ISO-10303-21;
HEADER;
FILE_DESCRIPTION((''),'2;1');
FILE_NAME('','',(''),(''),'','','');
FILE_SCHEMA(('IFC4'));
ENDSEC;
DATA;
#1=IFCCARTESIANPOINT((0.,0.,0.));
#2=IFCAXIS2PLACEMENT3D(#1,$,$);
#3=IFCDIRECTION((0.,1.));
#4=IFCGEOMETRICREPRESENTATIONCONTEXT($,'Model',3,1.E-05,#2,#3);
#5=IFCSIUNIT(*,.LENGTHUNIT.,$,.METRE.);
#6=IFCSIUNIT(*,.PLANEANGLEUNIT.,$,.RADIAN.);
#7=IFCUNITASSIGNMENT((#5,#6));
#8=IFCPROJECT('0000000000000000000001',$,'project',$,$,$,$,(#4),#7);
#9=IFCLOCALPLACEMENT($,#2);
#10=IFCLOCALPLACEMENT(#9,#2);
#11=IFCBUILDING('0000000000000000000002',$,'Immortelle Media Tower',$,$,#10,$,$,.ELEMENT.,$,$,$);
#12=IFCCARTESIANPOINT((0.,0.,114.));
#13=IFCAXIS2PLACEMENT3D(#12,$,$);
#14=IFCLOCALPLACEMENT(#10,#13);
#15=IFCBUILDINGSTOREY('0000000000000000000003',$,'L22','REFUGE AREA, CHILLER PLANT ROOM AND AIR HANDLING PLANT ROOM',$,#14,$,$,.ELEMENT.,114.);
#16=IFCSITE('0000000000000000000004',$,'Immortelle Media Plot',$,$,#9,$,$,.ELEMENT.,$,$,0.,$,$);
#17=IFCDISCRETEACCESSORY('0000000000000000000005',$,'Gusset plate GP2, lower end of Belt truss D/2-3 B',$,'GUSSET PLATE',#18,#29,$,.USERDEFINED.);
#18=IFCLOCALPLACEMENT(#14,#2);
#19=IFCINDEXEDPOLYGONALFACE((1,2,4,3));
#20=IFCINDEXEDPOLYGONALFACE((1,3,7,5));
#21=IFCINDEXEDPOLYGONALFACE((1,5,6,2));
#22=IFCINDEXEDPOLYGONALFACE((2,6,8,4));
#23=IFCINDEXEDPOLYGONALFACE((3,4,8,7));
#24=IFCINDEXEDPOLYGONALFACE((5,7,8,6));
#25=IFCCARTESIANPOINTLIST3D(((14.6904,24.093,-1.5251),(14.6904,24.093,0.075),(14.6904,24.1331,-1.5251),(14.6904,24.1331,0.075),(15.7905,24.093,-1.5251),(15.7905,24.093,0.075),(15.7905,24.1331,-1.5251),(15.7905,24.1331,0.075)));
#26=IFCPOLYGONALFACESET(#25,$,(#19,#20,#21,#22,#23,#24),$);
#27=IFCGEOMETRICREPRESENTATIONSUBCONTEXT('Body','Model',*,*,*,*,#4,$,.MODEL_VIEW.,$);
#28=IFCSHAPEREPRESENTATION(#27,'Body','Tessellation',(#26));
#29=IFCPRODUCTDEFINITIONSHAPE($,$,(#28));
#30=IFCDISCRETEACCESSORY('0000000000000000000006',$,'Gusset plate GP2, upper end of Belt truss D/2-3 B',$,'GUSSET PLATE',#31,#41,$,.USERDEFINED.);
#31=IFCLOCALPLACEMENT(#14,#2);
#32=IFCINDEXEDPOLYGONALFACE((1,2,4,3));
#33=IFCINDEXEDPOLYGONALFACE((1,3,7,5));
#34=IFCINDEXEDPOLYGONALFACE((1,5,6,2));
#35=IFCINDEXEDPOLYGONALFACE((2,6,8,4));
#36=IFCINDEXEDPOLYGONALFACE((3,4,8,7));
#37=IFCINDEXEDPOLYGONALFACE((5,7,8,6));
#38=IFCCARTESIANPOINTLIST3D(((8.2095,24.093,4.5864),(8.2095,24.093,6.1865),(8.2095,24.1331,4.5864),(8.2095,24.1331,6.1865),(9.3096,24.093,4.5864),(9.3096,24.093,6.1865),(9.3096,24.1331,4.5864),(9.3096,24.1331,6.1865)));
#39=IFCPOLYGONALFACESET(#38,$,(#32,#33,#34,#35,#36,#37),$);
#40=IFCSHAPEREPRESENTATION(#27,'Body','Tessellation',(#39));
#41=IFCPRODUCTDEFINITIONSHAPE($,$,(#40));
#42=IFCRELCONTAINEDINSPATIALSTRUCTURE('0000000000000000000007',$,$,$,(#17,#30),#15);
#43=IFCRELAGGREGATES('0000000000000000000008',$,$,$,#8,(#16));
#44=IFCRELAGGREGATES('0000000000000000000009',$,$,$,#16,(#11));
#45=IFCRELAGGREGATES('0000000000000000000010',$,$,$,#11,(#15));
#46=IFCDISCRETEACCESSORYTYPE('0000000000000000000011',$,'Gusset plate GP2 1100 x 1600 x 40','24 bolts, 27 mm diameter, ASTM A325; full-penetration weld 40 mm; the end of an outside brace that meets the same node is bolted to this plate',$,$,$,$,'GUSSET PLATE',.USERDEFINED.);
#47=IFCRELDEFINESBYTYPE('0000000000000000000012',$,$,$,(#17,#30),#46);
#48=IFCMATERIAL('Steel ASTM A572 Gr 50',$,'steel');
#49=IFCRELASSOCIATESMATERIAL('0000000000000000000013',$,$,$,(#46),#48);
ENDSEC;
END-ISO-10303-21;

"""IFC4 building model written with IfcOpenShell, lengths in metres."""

from ifc_helpers import new_model, si_unit, direction, frame, origin, origin_2d, place, context, subcontext, project, spatial, rectangle, extrude, material, material_profile, profile_set, type_object, element, save


model = new_model("IFC4")

# Units and contexts
model_context = context("Model", 3, precision=1e-05, world=origin(), true_north=direction((0.0, 1.0)))
body_context = subcontext(model_context, "Body", "Model", "MODEL_VIEW")
ifc_project = project(units=[si_unit("LENGTHUNIT", "METRE"), si_unit("PLANEANGLEUNIT", "RADIAN")], contexts=[model_context])

# Site, building, storey
site_placement = place(None, origin())
site = spatial("IfcSite", under=ifc_project, at=site_placement, Name="Immortelle Media Plot", CompositionType="ELEMENT", RefElevation=0.0)
building_placement = place(site_placement, origin())
building = spatial("IfcBuilding", under=site, at=building_placement, Name="Immortelle Media Tower", CompositionType="ELEMENT")
storey_placement = place(building_placement, frame((0.0, 0.0, 114.0)))
storey = spatial("IfcBuildingStorey", under=building, at=storey_placement, Name="L22", Description="REFUGE AREA, CHILLER PLANT ROOM AND AIR HANDLING PLANT ROOM", CompositionType="ELEMENT", Elevation=114.0)

# Discrete accessories
ifc_material_1 = material(Name="Steel ASTM A572 Gr 50", Category="steel")
ifc_material_profile_1 = material_profile(ifc_material_1, rectangle(XDim=0.04, YDim=1.6001, at=origin_2d()), Name="PL 40 x 1600")
ifc_profile_set_1 = profile_set([ifc_material_profile_1], Name="Steel ASTM A572 Gr 50")
discrete_accessory_type_1 = type_object("IfcDiscreteAccessoryType", Name="Gusset plate GP2 1100 x 1600 x 40", Description="24 bolts, 27 mm diameter, ASTM A325; full-penetration weld 40 mm; the end of an outside brace that meets the same node is bolted to this plate", ElementType="GUSSET PLATE", PredefinedType="USERDEFINED", material=ifc_profile_set_1)
for number, where, z_axis, x_axis, name in (
    (1, (15.7905, 24.113, -0.7251), (-1.0, 0.0, 0.0), (0.0, -1.0, 0.0), "Gusset plate GP2, lower end of Belt truss D/2-3 B"),
    (2, (8.2095, 24.113, 5.3865), (1.0, 0.0, 0.0), (0.0, 1.0, 0.0), "Gusset plate GP2, upper end of Belt truss D/2-3 B"),
):
    element("IfcDiscreteAccessory", number, at=place(storey_placement, frame(where, z_axis=z_axis, x_axis=x_axis)), inside=storey, type_object=discrete_accessory_type_1, Name=name, ObjectType="GUSSET PLATE", PredefinedType="USERDEFINED", context=body_context, shape_type="SweptSolid", body=[
        extrude(rectangle(XDim=0.04, YDim=1.6001, at=origin_2d()), origin(), (0.0, 0.0, 1.0), 1.1001),
    ])

save(model, "model.ifc")
